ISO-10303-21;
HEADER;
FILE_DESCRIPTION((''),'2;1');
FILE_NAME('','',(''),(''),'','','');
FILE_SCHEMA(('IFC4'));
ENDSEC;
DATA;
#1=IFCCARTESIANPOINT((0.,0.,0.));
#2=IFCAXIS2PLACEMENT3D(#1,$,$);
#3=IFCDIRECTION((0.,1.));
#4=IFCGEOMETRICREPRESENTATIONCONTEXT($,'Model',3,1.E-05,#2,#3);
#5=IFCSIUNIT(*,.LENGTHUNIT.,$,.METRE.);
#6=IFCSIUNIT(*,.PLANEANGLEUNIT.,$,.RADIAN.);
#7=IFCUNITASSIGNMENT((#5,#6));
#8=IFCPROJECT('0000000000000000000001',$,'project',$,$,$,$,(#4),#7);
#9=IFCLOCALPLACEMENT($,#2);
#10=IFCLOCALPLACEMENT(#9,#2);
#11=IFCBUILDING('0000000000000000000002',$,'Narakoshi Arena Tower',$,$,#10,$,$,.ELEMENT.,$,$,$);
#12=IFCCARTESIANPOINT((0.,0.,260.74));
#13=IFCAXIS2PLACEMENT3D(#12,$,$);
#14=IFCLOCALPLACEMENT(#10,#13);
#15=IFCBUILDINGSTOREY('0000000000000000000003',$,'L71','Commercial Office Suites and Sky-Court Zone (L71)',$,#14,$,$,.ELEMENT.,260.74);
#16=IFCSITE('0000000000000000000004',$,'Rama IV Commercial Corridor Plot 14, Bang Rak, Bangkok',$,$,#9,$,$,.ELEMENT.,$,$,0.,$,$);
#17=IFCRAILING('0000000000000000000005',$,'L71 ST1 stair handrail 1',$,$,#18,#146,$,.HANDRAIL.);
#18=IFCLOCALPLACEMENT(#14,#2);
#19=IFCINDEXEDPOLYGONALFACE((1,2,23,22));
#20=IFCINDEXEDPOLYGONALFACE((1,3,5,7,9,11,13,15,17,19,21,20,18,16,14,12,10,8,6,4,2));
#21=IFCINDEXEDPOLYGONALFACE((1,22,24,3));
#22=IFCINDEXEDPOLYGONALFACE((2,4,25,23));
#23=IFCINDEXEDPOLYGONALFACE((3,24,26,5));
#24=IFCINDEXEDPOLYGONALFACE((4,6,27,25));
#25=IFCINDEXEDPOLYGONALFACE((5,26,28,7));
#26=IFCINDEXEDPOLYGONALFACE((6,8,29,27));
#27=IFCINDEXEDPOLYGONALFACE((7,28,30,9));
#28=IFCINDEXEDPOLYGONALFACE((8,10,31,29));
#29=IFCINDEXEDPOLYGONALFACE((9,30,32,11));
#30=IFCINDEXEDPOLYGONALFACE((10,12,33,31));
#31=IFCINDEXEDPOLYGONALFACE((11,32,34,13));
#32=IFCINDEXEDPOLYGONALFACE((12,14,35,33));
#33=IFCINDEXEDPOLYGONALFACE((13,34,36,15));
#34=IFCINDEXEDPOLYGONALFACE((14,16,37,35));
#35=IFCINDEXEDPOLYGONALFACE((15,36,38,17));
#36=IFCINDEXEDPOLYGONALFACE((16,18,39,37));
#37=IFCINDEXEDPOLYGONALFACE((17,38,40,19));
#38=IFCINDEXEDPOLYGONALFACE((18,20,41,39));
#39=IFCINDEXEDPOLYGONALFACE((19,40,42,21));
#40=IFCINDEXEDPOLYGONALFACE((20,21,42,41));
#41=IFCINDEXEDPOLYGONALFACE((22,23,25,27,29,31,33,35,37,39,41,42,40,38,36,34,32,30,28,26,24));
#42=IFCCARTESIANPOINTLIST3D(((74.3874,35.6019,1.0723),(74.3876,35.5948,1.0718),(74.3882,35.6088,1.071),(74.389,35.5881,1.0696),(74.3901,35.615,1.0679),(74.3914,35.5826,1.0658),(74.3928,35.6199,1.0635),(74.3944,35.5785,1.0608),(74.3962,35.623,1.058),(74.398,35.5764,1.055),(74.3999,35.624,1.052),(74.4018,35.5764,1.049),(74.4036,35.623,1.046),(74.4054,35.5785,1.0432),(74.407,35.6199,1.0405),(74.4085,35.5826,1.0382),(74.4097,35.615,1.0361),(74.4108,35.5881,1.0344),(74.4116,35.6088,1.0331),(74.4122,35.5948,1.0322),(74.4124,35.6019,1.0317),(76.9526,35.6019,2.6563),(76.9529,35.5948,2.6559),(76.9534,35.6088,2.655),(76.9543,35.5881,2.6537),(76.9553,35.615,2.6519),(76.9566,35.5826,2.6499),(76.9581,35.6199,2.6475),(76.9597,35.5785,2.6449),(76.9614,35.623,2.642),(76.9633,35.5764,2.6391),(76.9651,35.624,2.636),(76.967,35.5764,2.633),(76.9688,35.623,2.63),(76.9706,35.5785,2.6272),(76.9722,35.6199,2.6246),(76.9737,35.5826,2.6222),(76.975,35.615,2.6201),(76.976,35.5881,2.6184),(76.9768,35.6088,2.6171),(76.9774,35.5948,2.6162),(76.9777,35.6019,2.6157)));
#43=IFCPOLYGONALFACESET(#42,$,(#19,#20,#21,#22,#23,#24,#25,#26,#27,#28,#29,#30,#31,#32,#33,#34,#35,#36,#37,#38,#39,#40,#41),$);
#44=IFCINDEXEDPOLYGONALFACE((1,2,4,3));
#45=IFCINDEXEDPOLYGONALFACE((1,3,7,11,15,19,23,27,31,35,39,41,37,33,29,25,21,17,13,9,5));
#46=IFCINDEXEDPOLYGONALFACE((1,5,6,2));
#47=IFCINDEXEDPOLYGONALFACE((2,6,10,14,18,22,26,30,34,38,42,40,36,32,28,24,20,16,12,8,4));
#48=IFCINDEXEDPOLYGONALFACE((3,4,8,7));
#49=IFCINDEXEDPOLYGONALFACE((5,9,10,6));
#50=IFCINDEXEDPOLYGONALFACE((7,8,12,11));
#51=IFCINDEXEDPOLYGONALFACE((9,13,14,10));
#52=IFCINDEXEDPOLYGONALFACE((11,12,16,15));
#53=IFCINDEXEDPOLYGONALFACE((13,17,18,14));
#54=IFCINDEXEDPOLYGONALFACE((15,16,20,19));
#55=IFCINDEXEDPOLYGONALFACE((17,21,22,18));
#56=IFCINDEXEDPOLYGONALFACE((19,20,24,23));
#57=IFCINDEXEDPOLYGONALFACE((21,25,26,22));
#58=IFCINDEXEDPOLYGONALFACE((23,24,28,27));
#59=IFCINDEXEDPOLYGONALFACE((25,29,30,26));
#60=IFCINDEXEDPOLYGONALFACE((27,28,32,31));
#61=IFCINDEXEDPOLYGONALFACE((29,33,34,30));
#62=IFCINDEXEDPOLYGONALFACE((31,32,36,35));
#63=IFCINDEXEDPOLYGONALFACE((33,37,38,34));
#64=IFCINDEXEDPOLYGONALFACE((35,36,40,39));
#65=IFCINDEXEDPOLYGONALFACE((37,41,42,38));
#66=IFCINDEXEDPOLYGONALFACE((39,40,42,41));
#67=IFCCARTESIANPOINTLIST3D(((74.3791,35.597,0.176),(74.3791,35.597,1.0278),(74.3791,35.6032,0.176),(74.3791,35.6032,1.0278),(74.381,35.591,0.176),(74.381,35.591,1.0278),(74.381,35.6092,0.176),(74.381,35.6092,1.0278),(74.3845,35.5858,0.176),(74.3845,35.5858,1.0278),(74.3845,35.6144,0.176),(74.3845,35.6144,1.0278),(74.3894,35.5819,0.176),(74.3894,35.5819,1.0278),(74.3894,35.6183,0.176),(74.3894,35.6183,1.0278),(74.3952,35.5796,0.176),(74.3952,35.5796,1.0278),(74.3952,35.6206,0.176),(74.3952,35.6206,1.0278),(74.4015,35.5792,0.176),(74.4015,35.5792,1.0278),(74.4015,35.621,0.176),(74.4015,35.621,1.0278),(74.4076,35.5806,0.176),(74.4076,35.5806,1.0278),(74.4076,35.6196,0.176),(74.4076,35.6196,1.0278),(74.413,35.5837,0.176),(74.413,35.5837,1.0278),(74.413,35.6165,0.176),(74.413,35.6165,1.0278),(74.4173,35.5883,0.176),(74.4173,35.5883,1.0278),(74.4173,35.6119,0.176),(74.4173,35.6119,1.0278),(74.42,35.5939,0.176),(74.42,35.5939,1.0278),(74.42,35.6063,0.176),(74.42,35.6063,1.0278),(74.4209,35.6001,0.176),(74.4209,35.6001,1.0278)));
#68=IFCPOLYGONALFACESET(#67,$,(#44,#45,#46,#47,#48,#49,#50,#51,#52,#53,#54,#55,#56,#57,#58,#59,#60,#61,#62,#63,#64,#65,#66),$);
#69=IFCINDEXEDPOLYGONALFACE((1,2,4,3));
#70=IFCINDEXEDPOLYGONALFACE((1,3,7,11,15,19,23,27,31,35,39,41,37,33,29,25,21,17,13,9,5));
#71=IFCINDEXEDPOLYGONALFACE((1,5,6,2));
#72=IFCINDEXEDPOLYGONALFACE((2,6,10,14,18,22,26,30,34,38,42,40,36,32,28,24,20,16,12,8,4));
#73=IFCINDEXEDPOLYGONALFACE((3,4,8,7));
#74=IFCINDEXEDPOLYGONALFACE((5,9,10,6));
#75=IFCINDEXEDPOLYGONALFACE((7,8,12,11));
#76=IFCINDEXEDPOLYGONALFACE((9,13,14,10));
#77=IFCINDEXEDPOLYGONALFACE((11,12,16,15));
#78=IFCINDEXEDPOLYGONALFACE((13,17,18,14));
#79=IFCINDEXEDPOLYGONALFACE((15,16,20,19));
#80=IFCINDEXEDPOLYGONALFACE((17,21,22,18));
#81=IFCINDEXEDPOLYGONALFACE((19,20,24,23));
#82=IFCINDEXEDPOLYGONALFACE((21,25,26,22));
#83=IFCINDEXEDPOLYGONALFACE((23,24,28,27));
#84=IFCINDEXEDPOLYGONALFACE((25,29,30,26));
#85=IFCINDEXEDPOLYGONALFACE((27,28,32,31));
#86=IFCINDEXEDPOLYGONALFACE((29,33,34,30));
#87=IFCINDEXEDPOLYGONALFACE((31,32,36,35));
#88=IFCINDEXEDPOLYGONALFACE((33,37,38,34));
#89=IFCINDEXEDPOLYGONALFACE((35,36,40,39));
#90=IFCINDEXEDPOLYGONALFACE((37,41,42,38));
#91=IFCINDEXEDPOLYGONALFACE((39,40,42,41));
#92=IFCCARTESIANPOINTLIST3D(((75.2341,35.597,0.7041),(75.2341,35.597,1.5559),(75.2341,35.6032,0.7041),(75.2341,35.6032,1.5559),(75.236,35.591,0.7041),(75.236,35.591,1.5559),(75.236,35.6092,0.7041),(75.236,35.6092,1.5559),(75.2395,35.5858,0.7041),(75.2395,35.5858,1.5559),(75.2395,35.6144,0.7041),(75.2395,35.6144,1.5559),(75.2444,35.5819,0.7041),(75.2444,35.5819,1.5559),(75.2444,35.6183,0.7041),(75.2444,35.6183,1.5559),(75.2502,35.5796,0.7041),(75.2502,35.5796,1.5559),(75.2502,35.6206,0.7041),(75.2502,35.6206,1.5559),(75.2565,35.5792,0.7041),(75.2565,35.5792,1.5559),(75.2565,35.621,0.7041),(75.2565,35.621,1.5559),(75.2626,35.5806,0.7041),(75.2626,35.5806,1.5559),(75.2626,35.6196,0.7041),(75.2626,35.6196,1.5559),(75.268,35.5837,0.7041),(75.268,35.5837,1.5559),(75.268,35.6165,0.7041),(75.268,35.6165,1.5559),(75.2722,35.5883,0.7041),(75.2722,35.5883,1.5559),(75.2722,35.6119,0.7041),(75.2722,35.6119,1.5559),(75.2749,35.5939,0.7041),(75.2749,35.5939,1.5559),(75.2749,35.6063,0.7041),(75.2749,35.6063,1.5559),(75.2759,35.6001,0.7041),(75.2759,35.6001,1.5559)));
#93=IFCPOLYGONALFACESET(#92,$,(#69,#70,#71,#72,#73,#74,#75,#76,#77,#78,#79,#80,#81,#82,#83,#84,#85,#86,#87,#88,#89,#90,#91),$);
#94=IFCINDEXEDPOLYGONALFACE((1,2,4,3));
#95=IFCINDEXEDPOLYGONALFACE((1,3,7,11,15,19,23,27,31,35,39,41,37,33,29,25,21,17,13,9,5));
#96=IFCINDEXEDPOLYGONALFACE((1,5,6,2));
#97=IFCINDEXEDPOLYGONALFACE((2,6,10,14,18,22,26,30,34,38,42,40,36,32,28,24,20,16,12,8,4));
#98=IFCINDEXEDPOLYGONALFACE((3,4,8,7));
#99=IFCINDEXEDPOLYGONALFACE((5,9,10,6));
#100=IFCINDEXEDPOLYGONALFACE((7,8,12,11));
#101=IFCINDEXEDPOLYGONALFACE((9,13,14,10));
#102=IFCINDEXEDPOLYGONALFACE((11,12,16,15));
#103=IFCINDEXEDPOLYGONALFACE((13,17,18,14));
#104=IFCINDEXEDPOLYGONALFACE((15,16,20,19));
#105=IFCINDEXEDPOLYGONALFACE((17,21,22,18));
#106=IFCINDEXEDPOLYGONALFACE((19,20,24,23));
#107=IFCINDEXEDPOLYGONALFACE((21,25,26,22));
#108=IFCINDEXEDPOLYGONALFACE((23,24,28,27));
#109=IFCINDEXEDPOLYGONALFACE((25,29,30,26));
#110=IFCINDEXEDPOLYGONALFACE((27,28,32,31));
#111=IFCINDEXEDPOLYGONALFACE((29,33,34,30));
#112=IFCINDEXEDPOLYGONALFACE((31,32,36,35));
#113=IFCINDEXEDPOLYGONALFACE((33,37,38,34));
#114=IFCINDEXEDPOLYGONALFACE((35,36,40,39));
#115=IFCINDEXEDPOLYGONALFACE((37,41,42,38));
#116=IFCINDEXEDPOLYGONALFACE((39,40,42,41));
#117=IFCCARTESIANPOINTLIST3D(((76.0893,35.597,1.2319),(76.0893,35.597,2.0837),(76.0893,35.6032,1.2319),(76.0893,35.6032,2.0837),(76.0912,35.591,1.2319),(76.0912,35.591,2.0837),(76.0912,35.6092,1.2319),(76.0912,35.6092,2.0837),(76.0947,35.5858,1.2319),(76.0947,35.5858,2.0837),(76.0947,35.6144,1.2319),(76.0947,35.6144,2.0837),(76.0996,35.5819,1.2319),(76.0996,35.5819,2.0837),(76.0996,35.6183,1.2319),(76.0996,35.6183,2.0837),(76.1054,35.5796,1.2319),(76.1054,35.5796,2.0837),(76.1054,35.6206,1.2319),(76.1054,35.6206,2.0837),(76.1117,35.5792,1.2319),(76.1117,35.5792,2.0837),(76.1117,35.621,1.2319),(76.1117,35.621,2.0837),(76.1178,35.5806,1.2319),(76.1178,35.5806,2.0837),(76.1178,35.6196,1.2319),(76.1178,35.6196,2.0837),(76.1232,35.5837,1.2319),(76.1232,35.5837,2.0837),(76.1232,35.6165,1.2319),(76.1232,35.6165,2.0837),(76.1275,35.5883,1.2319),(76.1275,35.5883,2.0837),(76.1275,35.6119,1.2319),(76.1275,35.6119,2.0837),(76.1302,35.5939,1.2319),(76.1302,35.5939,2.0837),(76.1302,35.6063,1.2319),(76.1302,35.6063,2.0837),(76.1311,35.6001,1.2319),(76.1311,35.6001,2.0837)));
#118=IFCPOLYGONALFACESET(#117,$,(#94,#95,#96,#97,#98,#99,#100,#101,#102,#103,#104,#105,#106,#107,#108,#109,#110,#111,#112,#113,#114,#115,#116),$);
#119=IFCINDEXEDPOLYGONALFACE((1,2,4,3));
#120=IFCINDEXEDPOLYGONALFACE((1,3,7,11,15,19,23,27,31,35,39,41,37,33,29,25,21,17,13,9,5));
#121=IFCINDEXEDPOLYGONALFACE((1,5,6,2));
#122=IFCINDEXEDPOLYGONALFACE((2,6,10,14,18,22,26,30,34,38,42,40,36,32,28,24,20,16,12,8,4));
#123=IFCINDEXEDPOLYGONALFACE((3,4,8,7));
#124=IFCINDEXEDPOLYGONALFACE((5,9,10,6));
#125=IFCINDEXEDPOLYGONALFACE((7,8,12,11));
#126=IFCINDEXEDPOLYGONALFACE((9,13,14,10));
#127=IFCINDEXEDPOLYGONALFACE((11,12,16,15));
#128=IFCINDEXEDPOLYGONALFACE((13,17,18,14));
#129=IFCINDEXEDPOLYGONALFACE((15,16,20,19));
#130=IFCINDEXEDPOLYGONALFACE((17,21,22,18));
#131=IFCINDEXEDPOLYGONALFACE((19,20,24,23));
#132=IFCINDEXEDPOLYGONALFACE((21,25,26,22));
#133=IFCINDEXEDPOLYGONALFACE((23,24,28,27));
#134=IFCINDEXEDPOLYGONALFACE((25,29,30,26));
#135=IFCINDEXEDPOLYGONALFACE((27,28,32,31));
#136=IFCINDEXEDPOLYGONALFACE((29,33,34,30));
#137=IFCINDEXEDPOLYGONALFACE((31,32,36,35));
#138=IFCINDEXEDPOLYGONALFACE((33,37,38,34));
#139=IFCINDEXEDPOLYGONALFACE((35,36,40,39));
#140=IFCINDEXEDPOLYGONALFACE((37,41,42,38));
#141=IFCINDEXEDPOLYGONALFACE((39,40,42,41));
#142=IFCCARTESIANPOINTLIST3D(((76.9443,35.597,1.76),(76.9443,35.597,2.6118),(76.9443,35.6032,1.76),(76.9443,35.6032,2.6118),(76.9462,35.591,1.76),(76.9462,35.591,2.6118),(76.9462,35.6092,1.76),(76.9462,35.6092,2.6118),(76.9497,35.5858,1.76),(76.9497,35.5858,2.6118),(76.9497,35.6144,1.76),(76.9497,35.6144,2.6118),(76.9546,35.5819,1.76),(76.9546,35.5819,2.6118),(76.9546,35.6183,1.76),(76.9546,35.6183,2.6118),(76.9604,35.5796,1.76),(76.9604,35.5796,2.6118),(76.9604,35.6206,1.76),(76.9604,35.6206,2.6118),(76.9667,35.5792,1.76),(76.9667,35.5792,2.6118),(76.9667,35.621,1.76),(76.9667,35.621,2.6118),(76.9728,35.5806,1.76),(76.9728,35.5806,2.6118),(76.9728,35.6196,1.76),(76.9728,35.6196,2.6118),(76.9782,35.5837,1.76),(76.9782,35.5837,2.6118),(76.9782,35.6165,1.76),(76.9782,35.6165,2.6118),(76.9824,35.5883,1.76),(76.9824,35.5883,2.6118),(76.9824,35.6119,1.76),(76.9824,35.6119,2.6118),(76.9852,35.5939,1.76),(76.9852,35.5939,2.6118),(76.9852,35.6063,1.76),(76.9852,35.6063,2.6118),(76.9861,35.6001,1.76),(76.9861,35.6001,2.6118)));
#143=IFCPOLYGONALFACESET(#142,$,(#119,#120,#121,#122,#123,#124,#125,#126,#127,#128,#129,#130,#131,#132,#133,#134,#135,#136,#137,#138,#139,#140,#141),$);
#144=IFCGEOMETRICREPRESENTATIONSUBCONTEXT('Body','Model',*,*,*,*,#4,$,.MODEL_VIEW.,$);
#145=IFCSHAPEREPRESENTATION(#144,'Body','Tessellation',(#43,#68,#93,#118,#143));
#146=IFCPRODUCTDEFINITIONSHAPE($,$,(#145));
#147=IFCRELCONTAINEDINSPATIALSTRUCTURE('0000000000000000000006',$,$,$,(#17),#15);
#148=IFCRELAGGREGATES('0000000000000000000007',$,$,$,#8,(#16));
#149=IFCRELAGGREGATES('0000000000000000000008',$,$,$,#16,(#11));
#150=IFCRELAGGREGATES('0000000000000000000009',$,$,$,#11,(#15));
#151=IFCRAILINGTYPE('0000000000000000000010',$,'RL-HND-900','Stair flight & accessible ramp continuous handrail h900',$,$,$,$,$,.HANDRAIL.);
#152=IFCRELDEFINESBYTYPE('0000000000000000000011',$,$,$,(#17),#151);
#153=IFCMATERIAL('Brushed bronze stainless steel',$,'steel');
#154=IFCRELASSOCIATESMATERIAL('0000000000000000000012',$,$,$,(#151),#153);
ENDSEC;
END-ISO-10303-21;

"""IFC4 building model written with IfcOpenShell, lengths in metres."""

from ifc_helpers import new_model, si_unit, direction, frame, origin, origin_2d, place, context, subcontext, project, spatial, circle, extrude, material, type_object, element, save


model = new_model("IFC4")

# Units and contexts
model_context = context("Model", 3, precision=1e-05, world=origin(), true_north=direction((0.0, 1.0)))
body_context = subcontext(model_context, "Body", "Model", "MODEL_VIEW")
ifc_project = project(units=[si_unit("LENGTHUNIT", "METRE"), si_unit("PLANEANGLEUNIT", "RADIAN")], contexts=[model_context])

# Site, building, storey
site_placement = place(None, origin())
site = spatial("IfcSite", under=ifc_project, at=site_placement, Name="Rama IV Commercial Corridor Plot 14, Bang Rak, Bangkok", CompositionType="ELEMENT", RefElevation=0.0)
building_placement = place(site_placement, origin())
building = spatial("IfcBuilding", under=site, at=building_placement, Name="Narakoshi Arena Tower", CompositionType="ELEMENT")
storey_placement = place(building_placement, frame((0.0, 0.0, 260.74)))
storey = spatial("IfcBuildingStorey", under=building, at=storey_placement, Name="L71", Description="Commercial Office Suites and Sky-Court Zone (L71)", CompositionType="ELEMENT", Elevation=260.74)

# Railing
ifc_material_1 = material(Name="Brushed bronze stainless steel", Category="steel")
railing_type_1 = type_object("IfcRailingType", Name="RL-HND-900", Description="Stair flight & accessible ramp continuous handrail h900", PredefinedType="HANDRAIL", material=ifc_material_1)
railing_1_placement = place(storey_placement, frame((74.3999, 35.6001, 0.176)))
element("IfcRailing", 1, at=railing_1_placement, inside=storey, type_object=railing_type_1, Name="L71 ST1 stair handrail 1", PredefinedType="HANDRAIL", context=body_context, shape_type="SweptSolid", body=[
    extrude(circle(Radius=0.0239, at=origin_2d()), frame((0.0, 0.0, 0.876), z_axis=(0.850857, 0.0, 0.525398), x_axis=(0.0, 1.0, 0.0)), (0.0, 0.0, 1.0), 3.0149),
    extrude(circle(Radius=0.021, at=origin_2d()), origin(), (0.0, 0.0, 1.0), 0.8518),
    extrude(circle(Radius=0.021, at=origin_2d()), frame((0.855, 0.0, 0.5281)), (0.0, 0.0, 1.0), 0.8518),
    extrude(circle(Radius=0.021, at=origin_2d()), frame((1.7102, 0.0, 1.0559)), (0.0, 0.0, 1.0), 0.8518),
    extrude(circle(Radius=0.021, at=origin_2d()), frame((2.5652, 0.0, 1.584)), (0.0, 0.0, 1.0), 0.8518),
])

save(model, "model.ifc")
